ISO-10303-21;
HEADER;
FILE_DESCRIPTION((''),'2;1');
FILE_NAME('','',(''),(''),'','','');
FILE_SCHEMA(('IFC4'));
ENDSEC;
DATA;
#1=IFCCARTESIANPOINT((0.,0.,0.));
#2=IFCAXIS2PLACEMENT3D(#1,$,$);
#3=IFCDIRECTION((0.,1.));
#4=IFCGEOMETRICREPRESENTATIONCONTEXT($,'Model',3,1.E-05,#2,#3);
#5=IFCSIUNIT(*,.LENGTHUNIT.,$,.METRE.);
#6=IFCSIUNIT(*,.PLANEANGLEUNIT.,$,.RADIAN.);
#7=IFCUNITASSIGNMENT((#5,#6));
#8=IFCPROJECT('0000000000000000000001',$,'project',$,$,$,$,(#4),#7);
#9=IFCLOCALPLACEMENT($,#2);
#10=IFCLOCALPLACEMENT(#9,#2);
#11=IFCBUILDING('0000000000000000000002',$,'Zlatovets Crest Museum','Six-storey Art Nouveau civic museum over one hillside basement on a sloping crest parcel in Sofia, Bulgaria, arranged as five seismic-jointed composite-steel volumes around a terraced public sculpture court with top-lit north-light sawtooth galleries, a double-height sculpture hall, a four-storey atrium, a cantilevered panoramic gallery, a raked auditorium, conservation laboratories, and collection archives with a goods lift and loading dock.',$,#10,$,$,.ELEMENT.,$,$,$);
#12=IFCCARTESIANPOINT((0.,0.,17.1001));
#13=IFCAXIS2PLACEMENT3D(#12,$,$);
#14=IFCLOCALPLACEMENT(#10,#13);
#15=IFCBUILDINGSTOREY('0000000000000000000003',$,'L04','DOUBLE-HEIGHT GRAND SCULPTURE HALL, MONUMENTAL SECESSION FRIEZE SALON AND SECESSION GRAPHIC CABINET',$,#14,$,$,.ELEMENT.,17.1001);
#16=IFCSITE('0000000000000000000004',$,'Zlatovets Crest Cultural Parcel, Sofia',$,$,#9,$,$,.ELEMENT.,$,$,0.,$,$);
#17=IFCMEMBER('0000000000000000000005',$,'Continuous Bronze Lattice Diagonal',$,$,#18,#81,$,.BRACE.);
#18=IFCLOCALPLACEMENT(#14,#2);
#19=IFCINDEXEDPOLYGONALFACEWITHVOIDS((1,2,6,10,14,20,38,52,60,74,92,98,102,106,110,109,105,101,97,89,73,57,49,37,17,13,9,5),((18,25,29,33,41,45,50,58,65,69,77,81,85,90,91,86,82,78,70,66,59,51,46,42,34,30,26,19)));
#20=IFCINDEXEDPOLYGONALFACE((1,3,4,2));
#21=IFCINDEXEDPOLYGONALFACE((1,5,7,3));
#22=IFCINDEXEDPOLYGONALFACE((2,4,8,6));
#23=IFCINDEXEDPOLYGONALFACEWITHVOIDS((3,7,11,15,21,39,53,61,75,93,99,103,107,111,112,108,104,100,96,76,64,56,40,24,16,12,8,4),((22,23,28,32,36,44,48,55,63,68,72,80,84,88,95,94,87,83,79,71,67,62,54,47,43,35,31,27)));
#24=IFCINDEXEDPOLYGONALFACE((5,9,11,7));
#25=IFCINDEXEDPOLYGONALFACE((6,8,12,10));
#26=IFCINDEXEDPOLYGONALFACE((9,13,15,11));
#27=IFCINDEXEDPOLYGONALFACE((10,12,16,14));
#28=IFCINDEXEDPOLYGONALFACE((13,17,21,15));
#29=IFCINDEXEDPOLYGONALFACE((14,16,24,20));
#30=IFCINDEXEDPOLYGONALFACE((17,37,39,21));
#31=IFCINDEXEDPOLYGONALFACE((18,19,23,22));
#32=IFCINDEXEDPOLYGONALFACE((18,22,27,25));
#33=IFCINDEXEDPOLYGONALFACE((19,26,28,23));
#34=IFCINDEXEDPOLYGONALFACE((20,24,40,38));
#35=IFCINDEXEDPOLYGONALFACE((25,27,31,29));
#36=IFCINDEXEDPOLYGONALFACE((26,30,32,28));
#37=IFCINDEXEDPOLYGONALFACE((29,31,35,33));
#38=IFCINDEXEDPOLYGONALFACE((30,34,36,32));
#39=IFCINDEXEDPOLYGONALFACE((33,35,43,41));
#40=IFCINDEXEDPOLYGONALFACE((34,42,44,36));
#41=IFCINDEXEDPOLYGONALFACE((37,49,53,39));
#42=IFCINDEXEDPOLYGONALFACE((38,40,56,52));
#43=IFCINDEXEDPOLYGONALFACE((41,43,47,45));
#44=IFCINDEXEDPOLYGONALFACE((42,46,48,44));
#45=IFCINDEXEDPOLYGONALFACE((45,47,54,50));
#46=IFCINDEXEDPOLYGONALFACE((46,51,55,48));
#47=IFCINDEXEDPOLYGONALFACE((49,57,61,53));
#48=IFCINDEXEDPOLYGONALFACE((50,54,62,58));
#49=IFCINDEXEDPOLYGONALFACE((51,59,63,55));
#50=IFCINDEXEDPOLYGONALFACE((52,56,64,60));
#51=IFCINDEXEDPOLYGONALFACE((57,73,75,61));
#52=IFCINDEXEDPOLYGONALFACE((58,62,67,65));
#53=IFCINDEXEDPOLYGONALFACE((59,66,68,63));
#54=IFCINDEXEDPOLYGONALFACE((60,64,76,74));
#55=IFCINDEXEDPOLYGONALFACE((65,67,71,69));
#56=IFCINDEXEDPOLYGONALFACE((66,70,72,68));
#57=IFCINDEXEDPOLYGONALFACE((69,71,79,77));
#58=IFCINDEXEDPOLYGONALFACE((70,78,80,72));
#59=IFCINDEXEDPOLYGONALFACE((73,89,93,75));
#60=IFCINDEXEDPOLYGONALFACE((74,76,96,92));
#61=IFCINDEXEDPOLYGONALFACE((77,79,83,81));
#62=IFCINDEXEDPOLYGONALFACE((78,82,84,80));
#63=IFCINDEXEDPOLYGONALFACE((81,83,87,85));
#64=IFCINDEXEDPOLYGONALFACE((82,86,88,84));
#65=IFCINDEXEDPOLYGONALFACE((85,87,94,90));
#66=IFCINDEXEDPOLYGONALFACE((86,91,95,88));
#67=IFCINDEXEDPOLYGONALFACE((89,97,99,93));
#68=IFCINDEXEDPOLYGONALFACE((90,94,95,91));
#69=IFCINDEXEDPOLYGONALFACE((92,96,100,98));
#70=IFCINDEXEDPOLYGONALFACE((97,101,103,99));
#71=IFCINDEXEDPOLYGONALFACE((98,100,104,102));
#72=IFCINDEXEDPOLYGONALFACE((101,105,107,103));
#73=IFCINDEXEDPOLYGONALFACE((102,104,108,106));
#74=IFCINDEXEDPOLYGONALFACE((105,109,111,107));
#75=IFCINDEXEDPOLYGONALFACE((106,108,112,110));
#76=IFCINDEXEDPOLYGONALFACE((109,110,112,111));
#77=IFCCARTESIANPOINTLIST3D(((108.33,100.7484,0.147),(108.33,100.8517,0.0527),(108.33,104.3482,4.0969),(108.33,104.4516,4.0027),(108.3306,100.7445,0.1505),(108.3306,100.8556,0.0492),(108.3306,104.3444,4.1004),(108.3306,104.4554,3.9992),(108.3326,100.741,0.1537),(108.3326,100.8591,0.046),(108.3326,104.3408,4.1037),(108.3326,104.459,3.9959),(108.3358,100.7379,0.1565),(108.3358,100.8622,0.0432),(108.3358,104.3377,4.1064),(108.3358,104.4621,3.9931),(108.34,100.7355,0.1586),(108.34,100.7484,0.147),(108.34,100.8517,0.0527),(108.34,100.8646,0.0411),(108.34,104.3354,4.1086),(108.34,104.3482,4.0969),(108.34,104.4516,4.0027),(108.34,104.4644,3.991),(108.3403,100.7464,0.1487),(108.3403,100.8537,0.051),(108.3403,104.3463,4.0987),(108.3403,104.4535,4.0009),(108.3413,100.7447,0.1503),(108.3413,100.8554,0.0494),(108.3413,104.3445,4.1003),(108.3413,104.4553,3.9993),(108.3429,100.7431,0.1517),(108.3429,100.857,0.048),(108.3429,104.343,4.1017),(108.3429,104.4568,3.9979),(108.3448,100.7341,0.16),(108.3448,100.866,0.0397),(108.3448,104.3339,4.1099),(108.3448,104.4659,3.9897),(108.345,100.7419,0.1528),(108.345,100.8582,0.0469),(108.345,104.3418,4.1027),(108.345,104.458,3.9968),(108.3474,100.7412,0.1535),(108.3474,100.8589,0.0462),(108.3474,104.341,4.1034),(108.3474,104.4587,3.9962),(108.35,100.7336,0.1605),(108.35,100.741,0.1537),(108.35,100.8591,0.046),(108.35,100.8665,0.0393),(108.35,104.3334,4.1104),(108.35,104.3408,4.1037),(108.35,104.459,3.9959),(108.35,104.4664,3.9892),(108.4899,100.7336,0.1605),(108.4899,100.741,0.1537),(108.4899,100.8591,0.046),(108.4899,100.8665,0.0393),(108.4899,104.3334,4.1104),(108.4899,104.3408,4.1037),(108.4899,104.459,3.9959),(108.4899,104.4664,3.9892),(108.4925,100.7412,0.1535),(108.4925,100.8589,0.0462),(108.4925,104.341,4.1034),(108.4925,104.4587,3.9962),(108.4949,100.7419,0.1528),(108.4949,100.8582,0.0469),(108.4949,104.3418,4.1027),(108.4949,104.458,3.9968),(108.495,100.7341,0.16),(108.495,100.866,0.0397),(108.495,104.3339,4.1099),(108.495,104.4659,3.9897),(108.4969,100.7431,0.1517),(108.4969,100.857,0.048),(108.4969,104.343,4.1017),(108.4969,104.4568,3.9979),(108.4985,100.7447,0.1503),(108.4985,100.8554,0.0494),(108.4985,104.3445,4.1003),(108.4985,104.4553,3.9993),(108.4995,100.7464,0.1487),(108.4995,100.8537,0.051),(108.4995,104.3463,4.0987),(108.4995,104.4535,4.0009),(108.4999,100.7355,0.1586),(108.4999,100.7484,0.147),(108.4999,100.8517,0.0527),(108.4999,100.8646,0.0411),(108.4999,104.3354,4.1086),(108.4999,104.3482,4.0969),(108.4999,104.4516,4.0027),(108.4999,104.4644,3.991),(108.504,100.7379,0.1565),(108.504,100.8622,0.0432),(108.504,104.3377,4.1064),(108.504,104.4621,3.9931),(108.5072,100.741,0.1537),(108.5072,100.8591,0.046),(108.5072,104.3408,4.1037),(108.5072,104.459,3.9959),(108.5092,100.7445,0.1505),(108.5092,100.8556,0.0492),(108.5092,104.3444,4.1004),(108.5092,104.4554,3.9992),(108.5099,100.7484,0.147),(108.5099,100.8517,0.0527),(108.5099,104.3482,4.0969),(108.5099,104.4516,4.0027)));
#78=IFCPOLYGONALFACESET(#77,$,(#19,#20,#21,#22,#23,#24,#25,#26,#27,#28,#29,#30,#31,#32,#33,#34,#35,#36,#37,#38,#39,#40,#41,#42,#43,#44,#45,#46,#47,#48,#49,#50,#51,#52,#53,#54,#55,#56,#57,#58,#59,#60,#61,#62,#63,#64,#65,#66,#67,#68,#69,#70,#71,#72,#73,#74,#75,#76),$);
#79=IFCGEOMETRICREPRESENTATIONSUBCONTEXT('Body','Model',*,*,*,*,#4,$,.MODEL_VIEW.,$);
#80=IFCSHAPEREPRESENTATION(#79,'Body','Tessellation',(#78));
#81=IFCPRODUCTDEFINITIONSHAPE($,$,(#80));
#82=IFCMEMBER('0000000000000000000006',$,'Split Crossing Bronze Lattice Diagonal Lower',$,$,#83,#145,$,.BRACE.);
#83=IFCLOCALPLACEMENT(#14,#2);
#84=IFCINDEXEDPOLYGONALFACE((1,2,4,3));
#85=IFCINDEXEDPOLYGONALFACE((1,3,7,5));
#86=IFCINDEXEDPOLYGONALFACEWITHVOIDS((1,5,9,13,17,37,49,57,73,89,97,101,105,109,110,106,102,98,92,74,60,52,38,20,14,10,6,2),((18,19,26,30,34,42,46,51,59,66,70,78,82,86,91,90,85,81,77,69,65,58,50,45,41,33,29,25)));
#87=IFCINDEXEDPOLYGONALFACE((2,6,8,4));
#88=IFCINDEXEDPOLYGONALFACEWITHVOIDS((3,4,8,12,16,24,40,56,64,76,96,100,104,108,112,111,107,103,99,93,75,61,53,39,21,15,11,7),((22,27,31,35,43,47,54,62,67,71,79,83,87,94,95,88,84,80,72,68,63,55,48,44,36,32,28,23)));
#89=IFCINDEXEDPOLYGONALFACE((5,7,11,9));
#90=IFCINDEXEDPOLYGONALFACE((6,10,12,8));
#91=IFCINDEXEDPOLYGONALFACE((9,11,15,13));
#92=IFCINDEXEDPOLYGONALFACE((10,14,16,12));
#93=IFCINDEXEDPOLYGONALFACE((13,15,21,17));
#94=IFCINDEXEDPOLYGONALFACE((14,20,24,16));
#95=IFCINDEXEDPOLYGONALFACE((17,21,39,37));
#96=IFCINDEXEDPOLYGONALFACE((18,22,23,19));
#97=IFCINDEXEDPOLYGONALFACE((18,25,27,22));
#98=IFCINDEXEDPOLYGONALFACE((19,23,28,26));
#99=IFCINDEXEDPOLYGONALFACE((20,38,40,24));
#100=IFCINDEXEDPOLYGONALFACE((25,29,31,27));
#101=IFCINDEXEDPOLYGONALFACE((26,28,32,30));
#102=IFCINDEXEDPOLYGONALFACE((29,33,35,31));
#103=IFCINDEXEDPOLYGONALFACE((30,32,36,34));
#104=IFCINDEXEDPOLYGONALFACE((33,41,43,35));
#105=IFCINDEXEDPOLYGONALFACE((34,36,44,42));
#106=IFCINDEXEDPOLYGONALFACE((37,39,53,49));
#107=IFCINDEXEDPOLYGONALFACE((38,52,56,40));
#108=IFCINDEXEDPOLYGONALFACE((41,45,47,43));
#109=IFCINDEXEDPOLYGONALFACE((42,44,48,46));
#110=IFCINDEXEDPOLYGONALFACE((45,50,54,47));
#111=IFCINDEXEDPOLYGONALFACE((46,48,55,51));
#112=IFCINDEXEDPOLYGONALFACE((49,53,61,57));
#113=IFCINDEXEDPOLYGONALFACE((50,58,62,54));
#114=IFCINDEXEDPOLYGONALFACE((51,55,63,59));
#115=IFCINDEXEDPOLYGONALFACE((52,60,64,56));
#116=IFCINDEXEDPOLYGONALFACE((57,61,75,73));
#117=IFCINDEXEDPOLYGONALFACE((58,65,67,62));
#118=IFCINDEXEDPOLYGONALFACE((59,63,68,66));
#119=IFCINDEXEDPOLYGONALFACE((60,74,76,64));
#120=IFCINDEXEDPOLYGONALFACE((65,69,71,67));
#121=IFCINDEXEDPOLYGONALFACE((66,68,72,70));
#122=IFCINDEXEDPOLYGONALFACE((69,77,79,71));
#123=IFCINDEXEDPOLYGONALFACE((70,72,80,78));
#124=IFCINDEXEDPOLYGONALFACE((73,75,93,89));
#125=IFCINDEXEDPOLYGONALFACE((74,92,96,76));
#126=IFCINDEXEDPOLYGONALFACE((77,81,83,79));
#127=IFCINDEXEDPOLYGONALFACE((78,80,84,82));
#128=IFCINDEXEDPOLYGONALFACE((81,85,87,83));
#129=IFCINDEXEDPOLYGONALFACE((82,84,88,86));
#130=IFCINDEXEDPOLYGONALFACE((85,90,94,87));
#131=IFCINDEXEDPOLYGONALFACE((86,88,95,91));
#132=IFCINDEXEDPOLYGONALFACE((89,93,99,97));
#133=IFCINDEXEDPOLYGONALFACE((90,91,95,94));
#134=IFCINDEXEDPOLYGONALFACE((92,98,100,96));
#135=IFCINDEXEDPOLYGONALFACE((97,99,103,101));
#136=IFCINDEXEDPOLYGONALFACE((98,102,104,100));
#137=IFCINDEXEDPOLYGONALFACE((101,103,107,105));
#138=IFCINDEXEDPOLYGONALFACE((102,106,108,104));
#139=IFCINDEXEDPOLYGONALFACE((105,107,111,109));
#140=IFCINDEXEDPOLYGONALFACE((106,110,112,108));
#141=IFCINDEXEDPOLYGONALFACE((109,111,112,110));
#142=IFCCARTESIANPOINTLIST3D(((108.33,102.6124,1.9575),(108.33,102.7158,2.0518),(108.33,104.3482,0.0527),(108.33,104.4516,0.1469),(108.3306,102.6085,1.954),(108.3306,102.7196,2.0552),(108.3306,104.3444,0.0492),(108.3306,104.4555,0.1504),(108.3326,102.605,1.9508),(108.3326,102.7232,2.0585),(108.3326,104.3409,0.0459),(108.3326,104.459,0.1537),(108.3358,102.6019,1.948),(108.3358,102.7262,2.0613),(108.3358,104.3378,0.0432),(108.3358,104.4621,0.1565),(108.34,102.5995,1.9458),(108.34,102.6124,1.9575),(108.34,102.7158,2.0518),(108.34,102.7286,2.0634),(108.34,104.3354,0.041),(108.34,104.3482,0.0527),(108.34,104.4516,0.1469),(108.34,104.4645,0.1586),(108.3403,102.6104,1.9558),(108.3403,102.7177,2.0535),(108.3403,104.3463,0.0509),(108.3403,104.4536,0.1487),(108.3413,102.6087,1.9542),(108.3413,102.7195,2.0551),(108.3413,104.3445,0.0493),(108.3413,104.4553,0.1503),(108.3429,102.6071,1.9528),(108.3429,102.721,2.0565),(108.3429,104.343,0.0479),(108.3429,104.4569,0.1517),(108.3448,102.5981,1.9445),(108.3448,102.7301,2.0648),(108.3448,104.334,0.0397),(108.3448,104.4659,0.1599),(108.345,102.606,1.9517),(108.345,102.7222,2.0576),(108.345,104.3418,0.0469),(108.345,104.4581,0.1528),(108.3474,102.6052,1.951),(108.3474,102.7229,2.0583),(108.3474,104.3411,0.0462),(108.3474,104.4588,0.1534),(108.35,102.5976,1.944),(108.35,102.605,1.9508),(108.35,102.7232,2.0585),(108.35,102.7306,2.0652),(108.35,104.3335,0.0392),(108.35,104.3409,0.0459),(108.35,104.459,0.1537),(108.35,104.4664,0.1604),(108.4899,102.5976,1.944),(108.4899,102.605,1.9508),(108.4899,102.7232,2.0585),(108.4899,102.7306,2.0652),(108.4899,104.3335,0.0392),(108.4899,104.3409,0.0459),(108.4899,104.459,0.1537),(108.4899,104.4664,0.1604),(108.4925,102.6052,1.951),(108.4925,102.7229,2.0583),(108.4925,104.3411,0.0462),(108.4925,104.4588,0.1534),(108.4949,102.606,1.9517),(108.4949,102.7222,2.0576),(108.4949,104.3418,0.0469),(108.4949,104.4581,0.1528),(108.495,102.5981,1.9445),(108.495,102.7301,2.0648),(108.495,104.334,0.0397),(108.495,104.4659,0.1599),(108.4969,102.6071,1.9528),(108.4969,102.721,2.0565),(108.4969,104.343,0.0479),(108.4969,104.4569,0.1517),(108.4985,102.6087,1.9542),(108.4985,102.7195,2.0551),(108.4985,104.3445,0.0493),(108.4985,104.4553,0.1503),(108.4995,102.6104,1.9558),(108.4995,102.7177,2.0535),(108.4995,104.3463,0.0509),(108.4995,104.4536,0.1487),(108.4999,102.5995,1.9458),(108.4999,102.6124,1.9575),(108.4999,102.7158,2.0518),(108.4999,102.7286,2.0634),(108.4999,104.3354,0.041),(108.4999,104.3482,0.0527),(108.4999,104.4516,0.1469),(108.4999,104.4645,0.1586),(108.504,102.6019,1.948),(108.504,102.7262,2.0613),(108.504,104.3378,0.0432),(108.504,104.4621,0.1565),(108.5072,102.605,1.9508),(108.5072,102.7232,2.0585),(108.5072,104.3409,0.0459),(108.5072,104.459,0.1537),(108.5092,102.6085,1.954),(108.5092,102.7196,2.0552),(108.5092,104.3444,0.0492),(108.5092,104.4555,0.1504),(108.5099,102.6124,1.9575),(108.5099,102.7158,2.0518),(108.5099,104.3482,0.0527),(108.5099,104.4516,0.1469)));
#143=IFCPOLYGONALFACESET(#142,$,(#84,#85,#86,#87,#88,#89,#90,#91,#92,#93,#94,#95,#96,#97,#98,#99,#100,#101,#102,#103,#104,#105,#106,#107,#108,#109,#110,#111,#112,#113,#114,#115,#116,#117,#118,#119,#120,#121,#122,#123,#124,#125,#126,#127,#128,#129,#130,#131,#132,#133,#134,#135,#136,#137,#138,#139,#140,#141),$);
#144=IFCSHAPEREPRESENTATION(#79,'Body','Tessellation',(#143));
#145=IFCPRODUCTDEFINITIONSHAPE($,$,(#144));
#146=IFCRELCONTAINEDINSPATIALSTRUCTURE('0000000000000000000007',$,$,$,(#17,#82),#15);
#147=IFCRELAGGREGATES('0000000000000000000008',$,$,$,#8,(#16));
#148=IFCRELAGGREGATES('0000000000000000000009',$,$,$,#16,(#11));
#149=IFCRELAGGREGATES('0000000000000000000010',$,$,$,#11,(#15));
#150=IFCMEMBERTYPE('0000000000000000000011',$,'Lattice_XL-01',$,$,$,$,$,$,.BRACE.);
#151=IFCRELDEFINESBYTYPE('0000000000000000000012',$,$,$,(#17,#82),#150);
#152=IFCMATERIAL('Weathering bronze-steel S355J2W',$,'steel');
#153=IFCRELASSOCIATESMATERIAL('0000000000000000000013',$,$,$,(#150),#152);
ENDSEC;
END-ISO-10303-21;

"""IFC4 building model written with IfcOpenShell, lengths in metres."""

from ifc_helpers import new_model, si_unit, direction, frame, origin, origin_2d, place, context, subcontext, project, spatial, hollow_rectangle, extrude, material, material_profile, profile_set, type_object, element, save


model = new_model("IFC4")

# Units and contexts
model_context = context("Model", 3, precision=1e-05, world=origin(), true_north=direction((0.0, 1.0)))
body_context = subcontext(model_context, "Body", "Model", "MODEL_VIEW")
ifc_project = project(units=[si_unit("LENGTHUNIT", "METRE"), si_unit("PLANEANGLEUNIT", "RADIAN")], contexts=[model_context])

# Site, building, storey
site_placement = place(None, origin())
site = spatial("IfcSite", under=ifc_project, at=site_placement, Name="Zlatovets Crest Cultural Parcel, Sofia", CompositionType="ELEMENT", RefElevation=0.0)
building_placement = place(site_placement, origin())
building = spatial("IfcBuilding", under=site, at=building_placement, Name="Zlatovets Crest Museum", Description="Six-storey Art Nouveau civic museum over one hillside basement on a sloping crest parcel in Sofia, Bulgaria, arranged as five seismic-jointed composite-steel volumes around a terraced public sculpture court with top-lit north-light sawtooth galleries, a double-height sculpture hall, a four-storey atrium, a cantilevered panoramic gallery, a raked auditorium, conservation laboratories, and collection archives with a goods lift and loading dock.", CompositionType="ELEMENT")
storey_placement = place(building_placement, frame((0.0, 0.0, 17.1001)))
storey = spatial("IfcBuildingStorey", under=building, at=storey_placement, Name="L04", Description="DOUBLE-HEIGHT GRAND SCULPTURE HALL, MONUMENTAL SECESSION FRIEZE SALON AND SECESSION GRAPHIC CABINET", CompositionType="ELEMENT", Elevation=17.1001)

# Members
ifc_material_1 = material(Name="Weathering bronze-steel S355J2W", Category="steel")
ifc_material_profile_1 = material_profile(ifc_material_1, hollow_rectangle(XDim=0.1799, YDim=0.1799, WallThickness=0.01, InnerFilletRadius=0.01, OuterFilletRadius=0.02, at=origin_2d()), Name="SHS 180x180x10.0")
ifc_profile_set_1 = profile_set([ifc_material_profile_1], Name="Weathering bronze-steel S355J2W")
member_type_1 = type_object("IfcMemberType", Name="Lattice_XL-01", PredefinedType="BRACE", material=ifc_profile_set_1)
member_1_placement = place(storey_placement, frame((108.4199, 100.8, 0.0999), z_axis=(0.0, 0.673593, 0.739102), x_axis=(-1.0, 0.0, 0.0)))
element("IfcMember", 1, at=member_1_placement, inside=storey, type_object=member_type_1, Name="Continuous Bronze Lattice Diagonal", PredefinedType="BRACE", context=body_context, shape_type="SweptSolid", body=[
    extrude(hollow_rectangle(XDim=0.1799, YDim=0.1799, WallThickness=0.01, InnerFilletRadius=0.01, OuterFilletRadius=0.02, at=origin_2d()), origin(), (0.0, 0.0, 1.0), 5.3442),
])
member_2_placement = place(storey_placement, frame((108.4199, 102.6641, 2.0046), z_axis=(0.0, 0.673568, -0.739125), x_axis=(-1.0, 0.0, 0.0)))
element("IfcMember", 2, at=member_2_placement, inside=storey, type_object=member_type_1, Name="Split Crossing Bronze Lattice Diagonal Lower", PredefinedType="BRACE", context=body_context, shape_type="SweptSolid", body=[
    extrude(hollow_rectangle(XDim=0.1799, YDim=0.1799, WallThickness=0.01, InnerFilletRadius=0.01, OuterFilletRadius=0.02, at=origin_2d()), origin(), (0.0, 0.0, 1.0), 2.5771),
])

save(model, "model.ifc")
